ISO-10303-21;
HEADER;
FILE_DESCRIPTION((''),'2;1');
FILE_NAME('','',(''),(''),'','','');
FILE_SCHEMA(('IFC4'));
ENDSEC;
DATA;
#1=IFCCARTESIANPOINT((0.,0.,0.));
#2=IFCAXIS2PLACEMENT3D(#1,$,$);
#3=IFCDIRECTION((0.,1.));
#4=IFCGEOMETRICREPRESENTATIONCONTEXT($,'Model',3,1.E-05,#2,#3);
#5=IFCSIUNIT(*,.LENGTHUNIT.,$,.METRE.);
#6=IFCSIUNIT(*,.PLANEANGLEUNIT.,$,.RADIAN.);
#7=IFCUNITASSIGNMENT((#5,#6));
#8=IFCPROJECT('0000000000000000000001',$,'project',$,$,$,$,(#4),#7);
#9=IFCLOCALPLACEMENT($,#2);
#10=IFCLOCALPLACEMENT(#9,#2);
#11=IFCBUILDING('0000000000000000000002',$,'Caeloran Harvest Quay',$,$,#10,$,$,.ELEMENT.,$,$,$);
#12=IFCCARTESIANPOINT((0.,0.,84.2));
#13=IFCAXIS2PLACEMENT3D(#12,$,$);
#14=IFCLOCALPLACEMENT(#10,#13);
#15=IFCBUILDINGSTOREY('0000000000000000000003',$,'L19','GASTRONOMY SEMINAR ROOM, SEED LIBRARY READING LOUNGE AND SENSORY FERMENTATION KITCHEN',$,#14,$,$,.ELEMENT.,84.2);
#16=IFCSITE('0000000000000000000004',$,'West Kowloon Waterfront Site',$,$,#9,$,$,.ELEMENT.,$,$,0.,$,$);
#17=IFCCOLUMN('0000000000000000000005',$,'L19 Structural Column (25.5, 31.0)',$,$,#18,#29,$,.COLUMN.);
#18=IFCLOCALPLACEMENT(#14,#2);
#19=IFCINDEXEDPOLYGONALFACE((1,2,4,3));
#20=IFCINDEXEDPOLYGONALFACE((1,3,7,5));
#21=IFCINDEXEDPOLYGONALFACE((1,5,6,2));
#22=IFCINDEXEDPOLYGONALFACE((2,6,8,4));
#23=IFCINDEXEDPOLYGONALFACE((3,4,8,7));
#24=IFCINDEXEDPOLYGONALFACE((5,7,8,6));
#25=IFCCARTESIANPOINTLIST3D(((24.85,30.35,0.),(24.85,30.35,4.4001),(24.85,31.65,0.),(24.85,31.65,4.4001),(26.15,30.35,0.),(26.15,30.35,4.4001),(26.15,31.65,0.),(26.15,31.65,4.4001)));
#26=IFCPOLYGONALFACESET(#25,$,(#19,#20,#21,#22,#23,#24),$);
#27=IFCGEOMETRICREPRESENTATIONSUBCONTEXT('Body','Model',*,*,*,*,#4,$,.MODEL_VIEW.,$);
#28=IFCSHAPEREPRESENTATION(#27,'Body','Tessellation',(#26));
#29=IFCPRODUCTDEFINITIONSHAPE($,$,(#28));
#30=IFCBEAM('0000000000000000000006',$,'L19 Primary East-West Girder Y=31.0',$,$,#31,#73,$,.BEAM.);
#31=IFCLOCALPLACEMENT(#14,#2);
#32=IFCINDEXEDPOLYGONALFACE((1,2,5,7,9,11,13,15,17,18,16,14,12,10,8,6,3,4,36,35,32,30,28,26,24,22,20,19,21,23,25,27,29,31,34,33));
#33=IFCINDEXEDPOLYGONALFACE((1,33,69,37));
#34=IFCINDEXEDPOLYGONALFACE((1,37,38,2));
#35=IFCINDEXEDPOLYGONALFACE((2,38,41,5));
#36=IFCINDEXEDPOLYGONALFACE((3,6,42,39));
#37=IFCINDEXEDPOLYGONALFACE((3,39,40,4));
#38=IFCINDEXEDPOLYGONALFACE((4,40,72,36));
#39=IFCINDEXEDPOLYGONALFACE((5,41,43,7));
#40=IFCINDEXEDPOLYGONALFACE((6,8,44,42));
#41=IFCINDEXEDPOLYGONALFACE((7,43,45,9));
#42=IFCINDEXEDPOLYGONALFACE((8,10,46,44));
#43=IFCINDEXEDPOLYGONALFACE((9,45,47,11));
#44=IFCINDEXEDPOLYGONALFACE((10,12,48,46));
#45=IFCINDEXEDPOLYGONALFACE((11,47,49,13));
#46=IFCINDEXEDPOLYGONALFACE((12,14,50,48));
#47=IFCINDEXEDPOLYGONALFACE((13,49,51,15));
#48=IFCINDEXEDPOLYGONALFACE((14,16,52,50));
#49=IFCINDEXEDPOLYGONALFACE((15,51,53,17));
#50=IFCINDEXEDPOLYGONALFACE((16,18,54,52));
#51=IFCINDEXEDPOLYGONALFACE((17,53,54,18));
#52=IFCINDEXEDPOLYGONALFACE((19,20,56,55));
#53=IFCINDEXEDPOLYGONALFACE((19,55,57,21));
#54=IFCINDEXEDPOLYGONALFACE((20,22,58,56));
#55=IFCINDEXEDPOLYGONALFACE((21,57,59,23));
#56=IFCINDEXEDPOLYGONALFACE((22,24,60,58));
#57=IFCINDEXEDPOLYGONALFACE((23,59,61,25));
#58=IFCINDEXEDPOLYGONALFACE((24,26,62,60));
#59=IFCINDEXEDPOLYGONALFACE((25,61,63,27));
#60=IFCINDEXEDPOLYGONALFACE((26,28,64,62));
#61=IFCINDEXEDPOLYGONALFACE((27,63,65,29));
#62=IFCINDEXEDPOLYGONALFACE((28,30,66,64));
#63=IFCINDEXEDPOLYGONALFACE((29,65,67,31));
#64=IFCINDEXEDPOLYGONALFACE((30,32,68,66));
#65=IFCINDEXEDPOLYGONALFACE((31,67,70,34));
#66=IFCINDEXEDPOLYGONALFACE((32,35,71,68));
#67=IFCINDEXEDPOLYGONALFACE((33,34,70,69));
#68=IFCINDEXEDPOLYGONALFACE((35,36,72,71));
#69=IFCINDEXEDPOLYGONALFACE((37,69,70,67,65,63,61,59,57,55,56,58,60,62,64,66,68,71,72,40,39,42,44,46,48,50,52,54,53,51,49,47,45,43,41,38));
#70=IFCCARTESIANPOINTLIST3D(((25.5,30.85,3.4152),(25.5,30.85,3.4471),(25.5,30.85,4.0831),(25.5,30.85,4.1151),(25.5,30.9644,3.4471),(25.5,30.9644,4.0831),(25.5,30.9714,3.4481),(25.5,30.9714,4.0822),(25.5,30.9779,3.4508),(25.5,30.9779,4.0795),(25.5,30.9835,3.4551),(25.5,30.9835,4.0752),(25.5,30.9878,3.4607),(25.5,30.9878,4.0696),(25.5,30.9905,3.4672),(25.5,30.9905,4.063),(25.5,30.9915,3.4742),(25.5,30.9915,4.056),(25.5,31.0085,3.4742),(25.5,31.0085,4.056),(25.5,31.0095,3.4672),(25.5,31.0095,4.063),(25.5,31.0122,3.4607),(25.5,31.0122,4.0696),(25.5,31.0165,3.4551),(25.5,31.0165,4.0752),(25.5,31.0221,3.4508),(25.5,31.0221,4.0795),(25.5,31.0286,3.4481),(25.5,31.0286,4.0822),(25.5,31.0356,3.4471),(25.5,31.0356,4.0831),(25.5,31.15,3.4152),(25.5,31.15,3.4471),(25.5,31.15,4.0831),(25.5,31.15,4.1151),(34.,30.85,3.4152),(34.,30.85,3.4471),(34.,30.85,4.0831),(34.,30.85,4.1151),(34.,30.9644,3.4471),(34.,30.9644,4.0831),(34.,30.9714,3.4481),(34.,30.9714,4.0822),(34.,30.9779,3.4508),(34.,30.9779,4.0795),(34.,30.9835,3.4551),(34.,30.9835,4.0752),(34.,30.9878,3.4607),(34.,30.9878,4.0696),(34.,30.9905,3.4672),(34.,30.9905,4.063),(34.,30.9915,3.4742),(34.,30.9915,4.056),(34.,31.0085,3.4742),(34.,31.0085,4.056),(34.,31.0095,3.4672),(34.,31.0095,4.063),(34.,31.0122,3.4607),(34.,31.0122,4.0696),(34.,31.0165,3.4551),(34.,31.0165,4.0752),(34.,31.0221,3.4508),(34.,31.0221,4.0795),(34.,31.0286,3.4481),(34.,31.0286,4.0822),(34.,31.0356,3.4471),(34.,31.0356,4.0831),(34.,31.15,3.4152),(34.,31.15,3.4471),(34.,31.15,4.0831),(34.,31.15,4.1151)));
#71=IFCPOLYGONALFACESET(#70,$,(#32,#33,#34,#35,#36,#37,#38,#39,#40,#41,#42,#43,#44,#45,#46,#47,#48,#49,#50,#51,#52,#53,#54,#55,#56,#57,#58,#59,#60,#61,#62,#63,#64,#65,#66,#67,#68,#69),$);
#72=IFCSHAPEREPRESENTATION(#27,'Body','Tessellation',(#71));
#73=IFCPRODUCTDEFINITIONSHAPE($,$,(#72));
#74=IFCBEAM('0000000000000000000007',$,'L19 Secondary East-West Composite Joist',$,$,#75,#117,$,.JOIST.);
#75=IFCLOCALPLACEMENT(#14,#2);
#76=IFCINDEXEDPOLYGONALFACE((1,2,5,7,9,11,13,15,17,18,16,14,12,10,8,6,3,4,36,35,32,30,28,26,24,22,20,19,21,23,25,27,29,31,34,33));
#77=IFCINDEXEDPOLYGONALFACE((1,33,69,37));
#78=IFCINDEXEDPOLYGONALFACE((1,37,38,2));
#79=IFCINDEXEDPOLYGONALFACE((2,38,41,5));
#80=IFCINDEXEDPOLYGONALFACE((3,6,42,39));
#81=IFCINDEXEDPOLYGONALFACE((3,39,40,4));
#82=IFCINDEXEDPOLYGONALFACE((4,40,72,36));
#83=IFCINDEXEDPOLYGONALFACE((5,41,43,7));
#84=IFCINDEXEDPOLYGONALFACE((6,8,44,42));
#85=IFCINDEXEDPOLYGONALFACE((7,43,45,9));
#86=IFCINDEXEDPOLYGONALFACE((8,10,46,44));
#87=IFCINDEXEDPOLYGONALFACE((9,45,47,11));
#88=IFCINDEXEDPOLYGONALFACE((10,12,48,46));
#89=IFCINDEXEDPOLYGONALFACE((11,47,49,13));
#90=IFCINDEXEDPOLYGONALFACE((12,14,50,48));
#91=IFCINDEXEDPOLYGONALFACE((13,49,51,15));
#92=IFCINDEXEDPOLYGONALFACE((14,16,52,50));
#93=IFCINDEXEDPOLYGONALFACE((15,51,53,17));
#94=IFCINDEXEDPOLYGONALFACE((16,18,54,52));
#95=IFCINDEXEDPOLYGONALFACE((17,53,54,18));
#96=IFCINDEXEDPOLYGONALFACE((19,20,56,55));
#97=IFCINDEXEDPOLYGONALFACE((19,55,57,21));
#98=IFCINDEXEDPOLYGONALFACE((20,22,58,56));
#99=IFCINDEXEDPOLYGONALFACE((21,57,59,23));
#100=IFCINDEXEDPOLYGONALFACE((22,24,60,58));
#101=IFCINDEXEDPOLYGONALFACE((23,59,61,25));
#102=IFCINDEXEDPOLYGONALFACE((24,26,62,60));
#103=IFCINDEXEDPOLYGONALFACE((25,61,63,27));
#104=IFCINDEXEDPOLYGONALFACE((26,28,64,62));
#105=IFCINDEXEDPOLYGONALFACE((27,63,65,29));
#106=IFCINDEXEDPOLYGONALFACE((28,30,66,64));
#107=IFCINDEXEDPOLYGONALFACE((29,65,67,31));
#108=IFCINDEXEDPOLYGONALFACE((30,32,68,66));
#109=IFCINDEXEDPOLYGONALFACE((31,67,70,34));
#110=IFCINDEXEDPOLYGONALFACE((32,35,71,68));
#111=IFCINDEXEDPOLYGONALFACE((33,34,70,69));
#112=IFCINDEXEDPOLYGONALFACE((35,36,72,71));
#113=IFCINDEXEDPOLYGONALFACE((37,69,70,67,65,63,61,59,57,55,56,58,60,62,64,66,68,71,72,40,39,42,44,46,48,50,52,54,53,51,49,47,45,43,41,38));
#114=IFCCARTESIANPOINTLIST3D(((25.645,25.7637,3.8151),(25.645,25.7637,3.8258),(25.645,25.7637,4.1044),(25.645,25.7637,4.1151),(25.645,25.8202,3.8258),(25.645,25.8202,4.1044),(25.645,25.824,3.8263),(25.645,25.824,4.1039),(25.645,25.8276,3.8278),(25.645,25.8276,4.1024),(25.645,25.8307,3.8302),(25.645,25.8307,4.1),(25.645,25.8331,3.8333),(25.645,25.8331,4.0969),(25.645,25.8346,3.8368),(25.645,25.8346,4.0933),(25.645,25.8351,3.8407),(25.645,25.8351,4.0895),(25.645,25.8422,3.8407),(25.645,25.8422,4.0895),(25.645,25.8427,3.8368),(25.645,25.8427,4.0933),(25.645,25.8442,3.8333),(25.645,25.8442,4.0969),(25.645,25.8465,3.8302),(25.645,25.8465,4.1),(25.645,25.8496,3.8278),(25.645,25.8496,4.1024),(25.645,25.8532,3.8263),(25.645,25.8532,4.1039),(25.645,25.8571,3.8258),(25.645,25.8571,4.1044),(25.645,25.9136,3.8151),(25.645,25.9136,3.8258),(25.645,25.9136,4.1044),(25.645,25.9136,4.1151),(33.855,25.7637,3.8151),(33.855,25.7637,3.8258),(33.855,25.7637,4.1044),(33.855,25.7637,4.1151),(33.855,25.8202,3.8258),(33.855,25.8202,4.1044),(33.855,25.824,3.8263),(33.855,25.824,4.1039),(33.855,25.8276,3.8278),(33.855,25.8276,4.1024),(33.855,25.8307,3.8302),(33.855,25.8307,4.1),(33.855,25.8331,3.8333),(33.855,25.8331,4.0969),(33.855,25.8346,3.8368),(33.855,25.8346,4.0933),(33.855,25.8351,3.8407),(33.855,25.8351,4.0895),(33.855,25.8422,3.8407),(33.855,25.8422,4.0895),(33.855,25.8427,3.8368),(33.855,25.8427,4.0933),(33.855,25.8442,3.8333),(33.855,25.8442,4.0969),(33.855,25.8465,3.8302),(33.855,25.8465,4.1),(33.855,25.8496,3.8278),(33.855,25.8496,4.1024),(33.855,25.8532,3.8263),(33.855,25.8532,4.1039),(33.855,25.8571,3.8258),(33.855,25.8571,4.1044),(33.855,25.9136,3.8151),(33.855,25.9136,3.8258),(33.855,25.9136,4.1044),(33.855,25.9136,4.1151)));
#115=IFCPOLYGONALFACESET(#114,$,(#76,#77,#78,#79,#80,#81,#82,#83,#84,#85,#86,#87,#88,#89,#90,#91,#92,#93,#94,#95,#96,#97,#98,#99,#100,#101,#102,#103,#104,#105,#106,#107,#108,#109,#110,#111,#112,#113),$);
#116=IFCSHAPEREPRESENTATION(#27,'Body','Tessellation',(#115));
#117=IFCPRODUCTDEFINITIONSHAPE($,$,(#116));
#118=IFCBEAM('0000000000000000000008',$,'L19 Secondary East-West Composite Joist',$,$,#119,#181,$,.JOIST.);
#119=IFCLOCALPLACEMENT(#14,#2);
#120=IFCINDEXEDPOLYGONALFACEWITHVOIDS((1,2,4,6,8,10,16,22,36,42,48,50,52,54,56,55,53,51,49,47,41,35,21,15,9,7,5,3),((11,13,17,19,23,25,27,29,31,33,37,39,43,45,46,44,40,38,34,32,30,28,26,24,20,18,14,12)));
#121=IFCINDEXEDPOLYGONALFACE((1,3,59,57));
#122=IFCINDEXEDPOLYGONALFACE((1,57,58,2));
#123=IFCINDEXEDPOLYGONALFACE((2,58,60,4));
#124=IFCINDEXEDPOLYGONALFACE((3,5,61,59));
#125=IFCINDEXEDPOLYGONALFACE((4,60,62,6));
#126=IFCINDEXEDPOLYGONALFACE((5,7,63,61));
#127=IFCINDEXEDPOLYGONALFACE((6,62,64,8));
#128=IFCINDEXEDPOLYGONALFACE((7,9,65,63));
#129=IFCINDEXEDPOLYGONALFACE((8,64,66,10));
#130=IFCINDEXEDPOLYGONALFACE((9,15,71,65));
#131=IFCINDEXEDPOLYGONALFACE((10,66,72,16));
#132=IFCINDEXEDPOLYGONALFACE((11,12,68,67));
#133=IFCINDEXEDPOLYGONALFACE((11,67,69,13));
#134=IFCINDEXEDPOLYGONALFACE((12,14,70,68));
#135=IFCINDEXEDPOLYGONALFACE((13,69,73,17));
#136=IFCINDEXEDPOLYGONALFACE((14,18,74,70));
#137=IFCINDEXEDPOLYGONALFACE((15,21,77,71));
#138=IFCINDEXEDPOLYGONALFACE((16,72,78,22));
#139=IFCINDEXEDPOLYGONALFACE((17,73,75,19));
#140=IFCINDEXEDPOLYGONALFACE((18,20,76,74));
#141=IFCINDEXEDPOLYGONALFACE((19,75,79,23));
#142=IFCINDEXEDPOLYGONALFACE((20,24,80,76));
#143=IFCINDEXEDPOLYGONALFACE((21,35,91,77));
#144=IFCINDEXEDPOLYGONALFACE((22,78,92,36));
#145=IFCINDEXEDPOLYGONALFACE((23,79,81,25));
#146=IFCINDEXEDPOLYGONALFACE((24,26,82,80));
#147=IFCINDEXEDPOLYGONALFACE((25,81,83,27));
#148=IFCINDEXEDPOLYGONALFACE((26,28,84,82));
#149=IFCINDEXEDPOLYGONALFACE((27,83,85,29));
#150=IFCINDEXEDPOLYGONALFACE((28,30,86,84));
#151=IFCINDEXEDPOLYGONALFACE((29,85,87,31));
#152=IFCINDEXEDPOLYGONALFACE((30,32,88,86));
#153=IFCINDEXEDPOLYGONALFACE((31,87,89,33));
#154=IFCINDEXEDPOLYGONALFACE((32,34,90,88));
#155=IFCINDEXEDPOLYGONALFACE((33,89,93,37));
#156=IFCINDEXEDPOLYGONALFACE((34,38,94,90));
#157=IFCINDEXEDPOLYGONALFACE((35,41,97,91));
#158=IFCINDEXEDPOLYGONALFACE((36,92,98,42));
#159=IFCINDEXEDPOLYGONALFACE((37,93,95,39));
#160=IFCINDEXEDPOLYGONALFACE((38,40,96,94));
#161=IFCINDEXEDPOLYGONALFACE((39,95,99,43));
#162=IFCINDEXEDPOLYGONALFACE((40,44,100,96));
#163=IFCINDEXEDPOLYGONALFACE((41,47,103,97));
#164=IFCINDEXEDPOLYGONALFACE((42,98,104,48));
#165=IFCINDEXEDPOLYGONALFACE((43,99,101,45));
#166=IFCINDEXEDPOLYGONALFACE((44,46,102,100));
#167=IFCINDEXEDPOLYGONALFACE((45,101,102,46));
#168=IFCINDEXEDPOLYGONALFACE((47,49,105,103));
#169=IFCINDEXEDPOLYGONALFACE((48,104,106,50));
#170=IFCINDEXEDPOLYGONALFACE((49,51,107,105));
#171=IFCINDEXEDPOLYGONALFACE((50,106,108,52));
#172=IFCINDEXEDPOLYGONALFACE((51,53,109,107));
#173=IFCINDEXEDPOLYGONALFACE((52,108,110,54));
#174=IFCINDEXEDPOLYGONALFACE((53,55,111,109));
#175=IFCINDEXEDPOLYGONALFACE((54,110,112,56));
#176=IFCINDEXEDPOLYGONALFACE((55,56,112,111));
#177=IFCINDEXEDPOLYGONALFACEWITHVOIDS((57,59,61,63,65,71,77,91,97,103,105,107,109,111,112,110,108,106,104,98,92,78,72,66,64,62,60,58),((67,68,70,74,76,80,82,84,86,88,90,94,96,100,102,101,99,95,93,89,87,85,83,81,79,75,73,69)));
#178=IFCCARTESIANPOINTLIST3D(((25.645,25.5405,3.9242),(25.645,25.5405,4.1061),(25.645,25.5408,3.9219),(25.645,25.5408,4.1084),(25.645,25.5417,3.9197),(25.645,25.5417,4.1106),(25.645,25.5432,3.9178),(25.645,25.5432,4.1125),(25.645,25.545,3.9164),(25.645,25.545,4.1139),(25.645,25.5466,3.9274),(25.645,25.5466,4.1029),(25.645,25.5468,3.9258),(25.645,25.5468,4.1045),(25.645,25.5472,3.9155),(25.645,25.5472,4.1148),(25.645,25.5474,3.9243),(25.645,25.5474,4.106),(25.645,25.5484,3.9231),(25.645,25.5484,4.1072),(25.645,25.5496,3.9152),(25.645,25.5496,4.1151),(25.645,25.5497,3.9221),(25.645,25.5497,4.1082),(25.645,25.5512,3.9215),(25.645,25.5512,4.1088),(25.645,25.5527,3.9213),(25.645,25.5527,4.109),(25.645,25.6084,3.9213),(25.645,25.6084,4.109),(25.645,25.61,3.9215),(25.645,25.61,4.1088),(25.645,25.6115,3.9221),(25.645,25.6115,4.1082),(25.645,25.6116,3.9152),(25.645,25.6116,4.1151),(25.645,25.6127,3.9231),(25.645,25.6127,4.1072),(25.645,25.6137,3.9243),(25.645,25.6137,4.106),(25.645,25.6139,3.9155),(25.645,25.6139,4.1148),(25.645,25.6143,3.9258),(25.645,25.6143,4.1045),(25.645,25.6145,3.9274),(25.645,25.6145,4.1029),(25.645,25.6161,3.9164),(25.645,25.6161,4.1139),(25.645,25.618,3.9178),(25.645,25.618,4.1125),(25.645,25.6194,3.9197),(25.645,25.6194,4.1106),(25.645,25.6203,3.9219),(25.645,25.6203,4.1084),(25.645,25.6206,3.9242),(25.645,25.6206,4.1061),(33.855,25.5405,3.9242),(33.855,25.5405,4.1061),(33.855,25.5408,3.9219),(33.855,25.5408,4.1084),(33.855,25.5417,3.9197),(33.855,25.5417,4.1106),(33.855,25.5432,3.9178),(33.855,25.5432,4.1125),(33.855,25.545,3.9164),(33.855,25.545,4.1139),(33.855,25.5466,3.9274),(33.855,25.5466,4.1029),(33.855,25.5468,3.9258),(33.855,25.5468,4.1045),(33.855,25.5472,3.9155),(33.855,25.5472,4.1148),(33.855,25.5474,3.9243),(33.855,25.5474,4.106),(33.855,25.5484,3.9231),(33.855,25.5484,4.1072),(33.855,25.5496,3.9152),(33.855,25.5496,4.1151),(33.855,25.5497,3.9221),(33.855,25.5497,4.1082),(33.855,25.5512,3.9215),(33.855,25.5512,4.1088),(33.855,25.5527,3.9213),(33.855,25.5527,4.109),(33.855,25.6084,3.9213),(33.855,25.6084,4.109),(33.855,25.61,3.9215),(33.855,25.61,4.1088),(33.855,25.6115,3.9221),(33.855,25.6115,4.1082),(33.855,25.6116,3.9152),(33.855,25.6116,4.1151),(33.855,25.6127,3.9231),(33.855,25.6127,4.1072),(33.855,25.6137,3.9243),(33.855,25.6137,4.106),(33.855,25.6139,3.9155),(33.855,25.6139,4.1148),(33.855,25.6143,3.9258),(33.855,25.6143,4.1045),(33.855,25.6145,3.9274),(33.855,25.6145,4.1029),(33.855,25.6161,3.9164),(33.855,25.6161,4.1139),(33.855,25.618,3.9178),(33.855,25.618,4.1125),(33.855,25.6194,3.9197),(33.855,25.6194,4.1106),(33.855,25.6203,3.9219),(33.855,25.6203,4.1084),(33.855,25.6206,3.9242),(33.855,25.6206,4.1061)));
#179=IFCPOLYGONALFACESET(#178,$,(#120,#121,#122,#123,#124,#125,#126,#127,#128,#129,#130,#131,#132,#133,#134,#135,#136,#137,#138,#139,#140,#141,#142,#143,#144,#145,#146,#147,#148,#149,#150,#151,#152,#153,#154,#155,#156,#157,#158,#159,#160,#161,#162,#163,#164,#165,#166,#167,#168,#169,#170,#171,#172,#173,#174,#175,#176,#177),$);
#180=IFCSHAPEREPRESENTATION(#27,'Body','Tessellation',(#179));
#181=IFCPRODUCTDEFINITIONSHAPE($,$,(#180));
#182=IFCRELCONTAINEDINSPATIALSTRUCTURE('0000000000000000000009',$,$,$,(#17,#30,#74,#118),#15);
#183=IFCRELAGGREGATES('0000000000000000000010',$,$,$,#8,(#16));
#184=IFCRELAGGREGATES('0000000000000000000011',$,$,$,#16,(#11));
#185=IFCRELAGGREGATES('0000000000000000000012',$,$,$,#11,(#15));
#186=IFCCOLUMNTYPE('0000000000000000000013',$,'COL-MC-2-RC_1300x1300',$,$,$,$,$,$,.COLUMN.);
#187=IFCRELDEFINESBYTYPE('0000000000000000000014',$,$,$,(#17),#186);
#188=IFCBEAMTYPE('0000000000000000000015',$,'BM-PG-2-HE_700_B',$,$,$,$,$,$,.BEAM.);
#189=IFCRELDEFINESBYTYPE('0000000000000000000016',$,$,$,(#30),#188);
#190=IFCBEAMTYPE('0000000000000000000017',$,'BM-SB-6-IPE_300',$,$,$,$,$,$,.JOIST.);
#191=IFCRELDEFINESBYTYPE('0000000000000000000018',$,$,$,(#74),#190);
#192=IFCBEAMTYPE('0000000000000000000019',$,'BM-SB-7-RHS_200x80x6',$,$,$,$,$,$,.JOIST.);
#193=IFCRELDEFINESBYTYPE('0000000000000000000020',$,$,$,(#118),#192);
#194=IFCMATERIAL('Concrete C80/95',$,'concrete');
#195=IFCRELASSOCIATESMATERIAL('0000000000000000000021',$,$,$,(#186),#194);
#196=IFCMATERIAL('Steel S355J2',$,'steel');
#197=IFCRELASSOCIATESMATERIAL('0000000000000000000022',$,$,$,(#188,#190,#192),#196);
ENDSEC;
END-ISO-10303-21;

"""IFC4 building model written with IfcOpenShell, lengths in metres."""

from ifc_helpers import new_model, si_unit, direction, frame, origin, origin_2d, place, context, subcontext, project, spatial, rectangle, hollow_rectangle, i_section, extrude, material, material_profile, profile_set, type_object, element, save


model = new_model("IFC4")

# Units and contexts
model_context = context("Model", 3, precision=1e-05, world=origin(), true_north=direction((0.0, 1.0)))
body_context = subcontext(model_context, "Body", "Model", "MODEL_VIEW")
ifc_project = project(units=[si_unit("LENGTHUNIT", "METRE"), si_unit("PLANEANGLEUNIT", "RADIAN")], contexts=[model_context])

# Site, building, storey
site_placement = place(None, origin())
site = spatial("IfcSite", under=ifc_project, at=site_placement, Name="West Kowloon Waterfront Site", CompositionType="ELEMENT", RefElevation=0.0)
building_placement = place(site_placement, origin())
building = spatial("IfcBuilding", under=site, at=building_placement, Name="Caeloran Harvest Quay", CompositionType="ELEMENT")
storey_placement = place(building_placement, frame((0.0, 0.0, 84.2)))
storey = spatial("IfcBuildingStorey", under=building, at=storey_placement, Name="L19", Description="GASTRONOMY SEMINAR ROOM, SEED LIBRARY READING LOUNGE AND SENSORY FERMENTATION KITCHEN", CompositionType="ELEMENT", Elevation=84.2)

# Column
ifc_material_1 = material(Name="Concrete C80/95", Category="concrete")
ifc_material_profile_1 = material_profile(ifc_material_1, rectangle(XDim=1.3, YDim=1.3, at=origin_2d()), Name="RC 1300x1300")
ifc_profile_set_1 = profile_set([ifc_material_profile_1], Name="Concrete C80/95")
column_type = type_object("IfcColumnType", Name="COL-MC-2-RC_1300x1300", PredefinedType="COLUMN", material=ifc_profile_set_1)
column_placement = place(storey_placement, frame((25.5, 31.0, 0.0), z_axis=(0.0, 0.0, 1.0), x_axis=(1.0, 0.0, 0.0)))
element("IfcColumn", 1, at=column_placement, inside=storey, type_object=column_type, Name="L19 Structural Column (25.5, 31.0)", PredefinedType="COLUMN", context=body_context, shape_type="SweptSolid", body=[
    extrude(rectangle(XDim=1.3, YDim=1.3, at=origin_2d()), origin(), (0.0, 0.0, 1.0), 4.4001),
])

# Beams
ifc_material_2 = material(Name="Steel S355J2", Category="steel")
ifc_material_profile_2 = material_profile(ifc_material_2, i_section(OverallWidth=0.3, OverallDepth=0.7, WebThickness=0.0171, FlangeThickness=0.032, FilletRadius=0.0271, at=origin_2d()), Name="HE 700 B")
ifc_profile_set_2 = profile_set([ifc_material_profile_2], Name="Steel S355J2")
beam_type_1 = type_object("IfcBeamType", Name="BM-PG-2-HE_700_B", PredefinedType="BEAM", material=ifc_profile_set_2)
beam_1_placement = place(storey_placement, frame((25.5, 31.0, 3.7651), z_axis=(1.0, 0.0, 0.0), x_axis=(0.0, 1.0, 0.0)))
element("IfcBeam", 2, at=beam_1_placement, inside=storey, type_object=beam_type_1, Name="L19 Primary East-West Girder Y=31.0", PredefinedType="BEAM", context=body_context, shape_type="SweptSolid", body=[
    extrude(i_section(OverallWidth=0.3, OverallDepth=0.7, WebThickness=0.0171, FlangeThickness=0.032, FilletRadius=0.0271, at=origin_2d()), origin(), (0.0, 0.0, 1.0), 8.5),
])
ifc_material_profile_3 = material_profile(ifc_material_2, i_section(OverallWidth=0.1499, OverallDepth=0.3, WebThickness=0.0071, FlangeThickness=0.0107, FilletRadius=0.0149, at=origin_2d()), Name="IPE 300")
ifc_profile_set_3 = profile_set([ifc_material_profile_3], Name="Steel S355J2")
beam_type_2 = type_object("IfcBeamType", Name="BM-SB-6-IPE_300", PredefinedType="JOIST", material=ifc_profile_set_3)
beam_2_placement = place(storey_placement, frame((25.645, 25.8386, 3.9651), z_axis=(1.0, 0.0, 0.0), x_axis=(0.0, 1.0, 0.0)))
element("IfcBeam", 3, at=beam_2_placement, inside=storey, type_object=beam_type_2, Name="L19 Secondary East-West Composite Joist", PredefinedType="JOIST", context=body_context, shape_type="SweptSolid", body=[
    extrude(i_section(OverallWidth=0.1499, OverallDepth=0.3, WebThickness=0.0071, FlangeThickness=0.0107, FilletRadius=0.0149, at=origin_2d()), origin(), (0.0, 0.0, 1.0), 8.21),
])
ifc_material_profile_4 = material_profile(ifc_material_2, hollow_rectangle(XDim=0.0801, YDim=0.2, WallThickness=0.0061, InnerFilletRadius=0.0061, OuterFilletRadius=0.009, at=origin_2d()), Name="RHS 200x80x6")
ifc_profile_set_4 = profile_set([ifc_material_profile_4], Name="Steel S355J2")
beam_type_3 = type_object("IfcBeamType", Name="BM-SB-7-RHS_200x80x6", PredefinedType="JOIST", material=ifc_profile_set_4)
for number, where, z_axis, x_axis, name in (
    (4, (25.645, 25.5806, 4.0151), (1.0, 0.0, 0.0), (0.0, 1.0, 0.0), "L19 Secondary East-West Composite Joist"),
):
    element("IfcBeam", number, at=place(storey_placement, frame(where, z_axis=z_axis, x_axis=x_axis)), inside=storey, type_object=beam_type_3, Name=name, PredefinedType="JOIST", context=body_context, shape_type="SweptSolid", body=[
        extrude(hollow_rectangle(XDim=0.0801, YDim=0.2, WallThickness=0.0061, InnerFilletRadius=0.0061, OuterFilletRadius=0.009, at=origin_2d()), origin(), (0.0, 0.0, 1.0), 8.21),
    ])

save(model, "model.ifc")
